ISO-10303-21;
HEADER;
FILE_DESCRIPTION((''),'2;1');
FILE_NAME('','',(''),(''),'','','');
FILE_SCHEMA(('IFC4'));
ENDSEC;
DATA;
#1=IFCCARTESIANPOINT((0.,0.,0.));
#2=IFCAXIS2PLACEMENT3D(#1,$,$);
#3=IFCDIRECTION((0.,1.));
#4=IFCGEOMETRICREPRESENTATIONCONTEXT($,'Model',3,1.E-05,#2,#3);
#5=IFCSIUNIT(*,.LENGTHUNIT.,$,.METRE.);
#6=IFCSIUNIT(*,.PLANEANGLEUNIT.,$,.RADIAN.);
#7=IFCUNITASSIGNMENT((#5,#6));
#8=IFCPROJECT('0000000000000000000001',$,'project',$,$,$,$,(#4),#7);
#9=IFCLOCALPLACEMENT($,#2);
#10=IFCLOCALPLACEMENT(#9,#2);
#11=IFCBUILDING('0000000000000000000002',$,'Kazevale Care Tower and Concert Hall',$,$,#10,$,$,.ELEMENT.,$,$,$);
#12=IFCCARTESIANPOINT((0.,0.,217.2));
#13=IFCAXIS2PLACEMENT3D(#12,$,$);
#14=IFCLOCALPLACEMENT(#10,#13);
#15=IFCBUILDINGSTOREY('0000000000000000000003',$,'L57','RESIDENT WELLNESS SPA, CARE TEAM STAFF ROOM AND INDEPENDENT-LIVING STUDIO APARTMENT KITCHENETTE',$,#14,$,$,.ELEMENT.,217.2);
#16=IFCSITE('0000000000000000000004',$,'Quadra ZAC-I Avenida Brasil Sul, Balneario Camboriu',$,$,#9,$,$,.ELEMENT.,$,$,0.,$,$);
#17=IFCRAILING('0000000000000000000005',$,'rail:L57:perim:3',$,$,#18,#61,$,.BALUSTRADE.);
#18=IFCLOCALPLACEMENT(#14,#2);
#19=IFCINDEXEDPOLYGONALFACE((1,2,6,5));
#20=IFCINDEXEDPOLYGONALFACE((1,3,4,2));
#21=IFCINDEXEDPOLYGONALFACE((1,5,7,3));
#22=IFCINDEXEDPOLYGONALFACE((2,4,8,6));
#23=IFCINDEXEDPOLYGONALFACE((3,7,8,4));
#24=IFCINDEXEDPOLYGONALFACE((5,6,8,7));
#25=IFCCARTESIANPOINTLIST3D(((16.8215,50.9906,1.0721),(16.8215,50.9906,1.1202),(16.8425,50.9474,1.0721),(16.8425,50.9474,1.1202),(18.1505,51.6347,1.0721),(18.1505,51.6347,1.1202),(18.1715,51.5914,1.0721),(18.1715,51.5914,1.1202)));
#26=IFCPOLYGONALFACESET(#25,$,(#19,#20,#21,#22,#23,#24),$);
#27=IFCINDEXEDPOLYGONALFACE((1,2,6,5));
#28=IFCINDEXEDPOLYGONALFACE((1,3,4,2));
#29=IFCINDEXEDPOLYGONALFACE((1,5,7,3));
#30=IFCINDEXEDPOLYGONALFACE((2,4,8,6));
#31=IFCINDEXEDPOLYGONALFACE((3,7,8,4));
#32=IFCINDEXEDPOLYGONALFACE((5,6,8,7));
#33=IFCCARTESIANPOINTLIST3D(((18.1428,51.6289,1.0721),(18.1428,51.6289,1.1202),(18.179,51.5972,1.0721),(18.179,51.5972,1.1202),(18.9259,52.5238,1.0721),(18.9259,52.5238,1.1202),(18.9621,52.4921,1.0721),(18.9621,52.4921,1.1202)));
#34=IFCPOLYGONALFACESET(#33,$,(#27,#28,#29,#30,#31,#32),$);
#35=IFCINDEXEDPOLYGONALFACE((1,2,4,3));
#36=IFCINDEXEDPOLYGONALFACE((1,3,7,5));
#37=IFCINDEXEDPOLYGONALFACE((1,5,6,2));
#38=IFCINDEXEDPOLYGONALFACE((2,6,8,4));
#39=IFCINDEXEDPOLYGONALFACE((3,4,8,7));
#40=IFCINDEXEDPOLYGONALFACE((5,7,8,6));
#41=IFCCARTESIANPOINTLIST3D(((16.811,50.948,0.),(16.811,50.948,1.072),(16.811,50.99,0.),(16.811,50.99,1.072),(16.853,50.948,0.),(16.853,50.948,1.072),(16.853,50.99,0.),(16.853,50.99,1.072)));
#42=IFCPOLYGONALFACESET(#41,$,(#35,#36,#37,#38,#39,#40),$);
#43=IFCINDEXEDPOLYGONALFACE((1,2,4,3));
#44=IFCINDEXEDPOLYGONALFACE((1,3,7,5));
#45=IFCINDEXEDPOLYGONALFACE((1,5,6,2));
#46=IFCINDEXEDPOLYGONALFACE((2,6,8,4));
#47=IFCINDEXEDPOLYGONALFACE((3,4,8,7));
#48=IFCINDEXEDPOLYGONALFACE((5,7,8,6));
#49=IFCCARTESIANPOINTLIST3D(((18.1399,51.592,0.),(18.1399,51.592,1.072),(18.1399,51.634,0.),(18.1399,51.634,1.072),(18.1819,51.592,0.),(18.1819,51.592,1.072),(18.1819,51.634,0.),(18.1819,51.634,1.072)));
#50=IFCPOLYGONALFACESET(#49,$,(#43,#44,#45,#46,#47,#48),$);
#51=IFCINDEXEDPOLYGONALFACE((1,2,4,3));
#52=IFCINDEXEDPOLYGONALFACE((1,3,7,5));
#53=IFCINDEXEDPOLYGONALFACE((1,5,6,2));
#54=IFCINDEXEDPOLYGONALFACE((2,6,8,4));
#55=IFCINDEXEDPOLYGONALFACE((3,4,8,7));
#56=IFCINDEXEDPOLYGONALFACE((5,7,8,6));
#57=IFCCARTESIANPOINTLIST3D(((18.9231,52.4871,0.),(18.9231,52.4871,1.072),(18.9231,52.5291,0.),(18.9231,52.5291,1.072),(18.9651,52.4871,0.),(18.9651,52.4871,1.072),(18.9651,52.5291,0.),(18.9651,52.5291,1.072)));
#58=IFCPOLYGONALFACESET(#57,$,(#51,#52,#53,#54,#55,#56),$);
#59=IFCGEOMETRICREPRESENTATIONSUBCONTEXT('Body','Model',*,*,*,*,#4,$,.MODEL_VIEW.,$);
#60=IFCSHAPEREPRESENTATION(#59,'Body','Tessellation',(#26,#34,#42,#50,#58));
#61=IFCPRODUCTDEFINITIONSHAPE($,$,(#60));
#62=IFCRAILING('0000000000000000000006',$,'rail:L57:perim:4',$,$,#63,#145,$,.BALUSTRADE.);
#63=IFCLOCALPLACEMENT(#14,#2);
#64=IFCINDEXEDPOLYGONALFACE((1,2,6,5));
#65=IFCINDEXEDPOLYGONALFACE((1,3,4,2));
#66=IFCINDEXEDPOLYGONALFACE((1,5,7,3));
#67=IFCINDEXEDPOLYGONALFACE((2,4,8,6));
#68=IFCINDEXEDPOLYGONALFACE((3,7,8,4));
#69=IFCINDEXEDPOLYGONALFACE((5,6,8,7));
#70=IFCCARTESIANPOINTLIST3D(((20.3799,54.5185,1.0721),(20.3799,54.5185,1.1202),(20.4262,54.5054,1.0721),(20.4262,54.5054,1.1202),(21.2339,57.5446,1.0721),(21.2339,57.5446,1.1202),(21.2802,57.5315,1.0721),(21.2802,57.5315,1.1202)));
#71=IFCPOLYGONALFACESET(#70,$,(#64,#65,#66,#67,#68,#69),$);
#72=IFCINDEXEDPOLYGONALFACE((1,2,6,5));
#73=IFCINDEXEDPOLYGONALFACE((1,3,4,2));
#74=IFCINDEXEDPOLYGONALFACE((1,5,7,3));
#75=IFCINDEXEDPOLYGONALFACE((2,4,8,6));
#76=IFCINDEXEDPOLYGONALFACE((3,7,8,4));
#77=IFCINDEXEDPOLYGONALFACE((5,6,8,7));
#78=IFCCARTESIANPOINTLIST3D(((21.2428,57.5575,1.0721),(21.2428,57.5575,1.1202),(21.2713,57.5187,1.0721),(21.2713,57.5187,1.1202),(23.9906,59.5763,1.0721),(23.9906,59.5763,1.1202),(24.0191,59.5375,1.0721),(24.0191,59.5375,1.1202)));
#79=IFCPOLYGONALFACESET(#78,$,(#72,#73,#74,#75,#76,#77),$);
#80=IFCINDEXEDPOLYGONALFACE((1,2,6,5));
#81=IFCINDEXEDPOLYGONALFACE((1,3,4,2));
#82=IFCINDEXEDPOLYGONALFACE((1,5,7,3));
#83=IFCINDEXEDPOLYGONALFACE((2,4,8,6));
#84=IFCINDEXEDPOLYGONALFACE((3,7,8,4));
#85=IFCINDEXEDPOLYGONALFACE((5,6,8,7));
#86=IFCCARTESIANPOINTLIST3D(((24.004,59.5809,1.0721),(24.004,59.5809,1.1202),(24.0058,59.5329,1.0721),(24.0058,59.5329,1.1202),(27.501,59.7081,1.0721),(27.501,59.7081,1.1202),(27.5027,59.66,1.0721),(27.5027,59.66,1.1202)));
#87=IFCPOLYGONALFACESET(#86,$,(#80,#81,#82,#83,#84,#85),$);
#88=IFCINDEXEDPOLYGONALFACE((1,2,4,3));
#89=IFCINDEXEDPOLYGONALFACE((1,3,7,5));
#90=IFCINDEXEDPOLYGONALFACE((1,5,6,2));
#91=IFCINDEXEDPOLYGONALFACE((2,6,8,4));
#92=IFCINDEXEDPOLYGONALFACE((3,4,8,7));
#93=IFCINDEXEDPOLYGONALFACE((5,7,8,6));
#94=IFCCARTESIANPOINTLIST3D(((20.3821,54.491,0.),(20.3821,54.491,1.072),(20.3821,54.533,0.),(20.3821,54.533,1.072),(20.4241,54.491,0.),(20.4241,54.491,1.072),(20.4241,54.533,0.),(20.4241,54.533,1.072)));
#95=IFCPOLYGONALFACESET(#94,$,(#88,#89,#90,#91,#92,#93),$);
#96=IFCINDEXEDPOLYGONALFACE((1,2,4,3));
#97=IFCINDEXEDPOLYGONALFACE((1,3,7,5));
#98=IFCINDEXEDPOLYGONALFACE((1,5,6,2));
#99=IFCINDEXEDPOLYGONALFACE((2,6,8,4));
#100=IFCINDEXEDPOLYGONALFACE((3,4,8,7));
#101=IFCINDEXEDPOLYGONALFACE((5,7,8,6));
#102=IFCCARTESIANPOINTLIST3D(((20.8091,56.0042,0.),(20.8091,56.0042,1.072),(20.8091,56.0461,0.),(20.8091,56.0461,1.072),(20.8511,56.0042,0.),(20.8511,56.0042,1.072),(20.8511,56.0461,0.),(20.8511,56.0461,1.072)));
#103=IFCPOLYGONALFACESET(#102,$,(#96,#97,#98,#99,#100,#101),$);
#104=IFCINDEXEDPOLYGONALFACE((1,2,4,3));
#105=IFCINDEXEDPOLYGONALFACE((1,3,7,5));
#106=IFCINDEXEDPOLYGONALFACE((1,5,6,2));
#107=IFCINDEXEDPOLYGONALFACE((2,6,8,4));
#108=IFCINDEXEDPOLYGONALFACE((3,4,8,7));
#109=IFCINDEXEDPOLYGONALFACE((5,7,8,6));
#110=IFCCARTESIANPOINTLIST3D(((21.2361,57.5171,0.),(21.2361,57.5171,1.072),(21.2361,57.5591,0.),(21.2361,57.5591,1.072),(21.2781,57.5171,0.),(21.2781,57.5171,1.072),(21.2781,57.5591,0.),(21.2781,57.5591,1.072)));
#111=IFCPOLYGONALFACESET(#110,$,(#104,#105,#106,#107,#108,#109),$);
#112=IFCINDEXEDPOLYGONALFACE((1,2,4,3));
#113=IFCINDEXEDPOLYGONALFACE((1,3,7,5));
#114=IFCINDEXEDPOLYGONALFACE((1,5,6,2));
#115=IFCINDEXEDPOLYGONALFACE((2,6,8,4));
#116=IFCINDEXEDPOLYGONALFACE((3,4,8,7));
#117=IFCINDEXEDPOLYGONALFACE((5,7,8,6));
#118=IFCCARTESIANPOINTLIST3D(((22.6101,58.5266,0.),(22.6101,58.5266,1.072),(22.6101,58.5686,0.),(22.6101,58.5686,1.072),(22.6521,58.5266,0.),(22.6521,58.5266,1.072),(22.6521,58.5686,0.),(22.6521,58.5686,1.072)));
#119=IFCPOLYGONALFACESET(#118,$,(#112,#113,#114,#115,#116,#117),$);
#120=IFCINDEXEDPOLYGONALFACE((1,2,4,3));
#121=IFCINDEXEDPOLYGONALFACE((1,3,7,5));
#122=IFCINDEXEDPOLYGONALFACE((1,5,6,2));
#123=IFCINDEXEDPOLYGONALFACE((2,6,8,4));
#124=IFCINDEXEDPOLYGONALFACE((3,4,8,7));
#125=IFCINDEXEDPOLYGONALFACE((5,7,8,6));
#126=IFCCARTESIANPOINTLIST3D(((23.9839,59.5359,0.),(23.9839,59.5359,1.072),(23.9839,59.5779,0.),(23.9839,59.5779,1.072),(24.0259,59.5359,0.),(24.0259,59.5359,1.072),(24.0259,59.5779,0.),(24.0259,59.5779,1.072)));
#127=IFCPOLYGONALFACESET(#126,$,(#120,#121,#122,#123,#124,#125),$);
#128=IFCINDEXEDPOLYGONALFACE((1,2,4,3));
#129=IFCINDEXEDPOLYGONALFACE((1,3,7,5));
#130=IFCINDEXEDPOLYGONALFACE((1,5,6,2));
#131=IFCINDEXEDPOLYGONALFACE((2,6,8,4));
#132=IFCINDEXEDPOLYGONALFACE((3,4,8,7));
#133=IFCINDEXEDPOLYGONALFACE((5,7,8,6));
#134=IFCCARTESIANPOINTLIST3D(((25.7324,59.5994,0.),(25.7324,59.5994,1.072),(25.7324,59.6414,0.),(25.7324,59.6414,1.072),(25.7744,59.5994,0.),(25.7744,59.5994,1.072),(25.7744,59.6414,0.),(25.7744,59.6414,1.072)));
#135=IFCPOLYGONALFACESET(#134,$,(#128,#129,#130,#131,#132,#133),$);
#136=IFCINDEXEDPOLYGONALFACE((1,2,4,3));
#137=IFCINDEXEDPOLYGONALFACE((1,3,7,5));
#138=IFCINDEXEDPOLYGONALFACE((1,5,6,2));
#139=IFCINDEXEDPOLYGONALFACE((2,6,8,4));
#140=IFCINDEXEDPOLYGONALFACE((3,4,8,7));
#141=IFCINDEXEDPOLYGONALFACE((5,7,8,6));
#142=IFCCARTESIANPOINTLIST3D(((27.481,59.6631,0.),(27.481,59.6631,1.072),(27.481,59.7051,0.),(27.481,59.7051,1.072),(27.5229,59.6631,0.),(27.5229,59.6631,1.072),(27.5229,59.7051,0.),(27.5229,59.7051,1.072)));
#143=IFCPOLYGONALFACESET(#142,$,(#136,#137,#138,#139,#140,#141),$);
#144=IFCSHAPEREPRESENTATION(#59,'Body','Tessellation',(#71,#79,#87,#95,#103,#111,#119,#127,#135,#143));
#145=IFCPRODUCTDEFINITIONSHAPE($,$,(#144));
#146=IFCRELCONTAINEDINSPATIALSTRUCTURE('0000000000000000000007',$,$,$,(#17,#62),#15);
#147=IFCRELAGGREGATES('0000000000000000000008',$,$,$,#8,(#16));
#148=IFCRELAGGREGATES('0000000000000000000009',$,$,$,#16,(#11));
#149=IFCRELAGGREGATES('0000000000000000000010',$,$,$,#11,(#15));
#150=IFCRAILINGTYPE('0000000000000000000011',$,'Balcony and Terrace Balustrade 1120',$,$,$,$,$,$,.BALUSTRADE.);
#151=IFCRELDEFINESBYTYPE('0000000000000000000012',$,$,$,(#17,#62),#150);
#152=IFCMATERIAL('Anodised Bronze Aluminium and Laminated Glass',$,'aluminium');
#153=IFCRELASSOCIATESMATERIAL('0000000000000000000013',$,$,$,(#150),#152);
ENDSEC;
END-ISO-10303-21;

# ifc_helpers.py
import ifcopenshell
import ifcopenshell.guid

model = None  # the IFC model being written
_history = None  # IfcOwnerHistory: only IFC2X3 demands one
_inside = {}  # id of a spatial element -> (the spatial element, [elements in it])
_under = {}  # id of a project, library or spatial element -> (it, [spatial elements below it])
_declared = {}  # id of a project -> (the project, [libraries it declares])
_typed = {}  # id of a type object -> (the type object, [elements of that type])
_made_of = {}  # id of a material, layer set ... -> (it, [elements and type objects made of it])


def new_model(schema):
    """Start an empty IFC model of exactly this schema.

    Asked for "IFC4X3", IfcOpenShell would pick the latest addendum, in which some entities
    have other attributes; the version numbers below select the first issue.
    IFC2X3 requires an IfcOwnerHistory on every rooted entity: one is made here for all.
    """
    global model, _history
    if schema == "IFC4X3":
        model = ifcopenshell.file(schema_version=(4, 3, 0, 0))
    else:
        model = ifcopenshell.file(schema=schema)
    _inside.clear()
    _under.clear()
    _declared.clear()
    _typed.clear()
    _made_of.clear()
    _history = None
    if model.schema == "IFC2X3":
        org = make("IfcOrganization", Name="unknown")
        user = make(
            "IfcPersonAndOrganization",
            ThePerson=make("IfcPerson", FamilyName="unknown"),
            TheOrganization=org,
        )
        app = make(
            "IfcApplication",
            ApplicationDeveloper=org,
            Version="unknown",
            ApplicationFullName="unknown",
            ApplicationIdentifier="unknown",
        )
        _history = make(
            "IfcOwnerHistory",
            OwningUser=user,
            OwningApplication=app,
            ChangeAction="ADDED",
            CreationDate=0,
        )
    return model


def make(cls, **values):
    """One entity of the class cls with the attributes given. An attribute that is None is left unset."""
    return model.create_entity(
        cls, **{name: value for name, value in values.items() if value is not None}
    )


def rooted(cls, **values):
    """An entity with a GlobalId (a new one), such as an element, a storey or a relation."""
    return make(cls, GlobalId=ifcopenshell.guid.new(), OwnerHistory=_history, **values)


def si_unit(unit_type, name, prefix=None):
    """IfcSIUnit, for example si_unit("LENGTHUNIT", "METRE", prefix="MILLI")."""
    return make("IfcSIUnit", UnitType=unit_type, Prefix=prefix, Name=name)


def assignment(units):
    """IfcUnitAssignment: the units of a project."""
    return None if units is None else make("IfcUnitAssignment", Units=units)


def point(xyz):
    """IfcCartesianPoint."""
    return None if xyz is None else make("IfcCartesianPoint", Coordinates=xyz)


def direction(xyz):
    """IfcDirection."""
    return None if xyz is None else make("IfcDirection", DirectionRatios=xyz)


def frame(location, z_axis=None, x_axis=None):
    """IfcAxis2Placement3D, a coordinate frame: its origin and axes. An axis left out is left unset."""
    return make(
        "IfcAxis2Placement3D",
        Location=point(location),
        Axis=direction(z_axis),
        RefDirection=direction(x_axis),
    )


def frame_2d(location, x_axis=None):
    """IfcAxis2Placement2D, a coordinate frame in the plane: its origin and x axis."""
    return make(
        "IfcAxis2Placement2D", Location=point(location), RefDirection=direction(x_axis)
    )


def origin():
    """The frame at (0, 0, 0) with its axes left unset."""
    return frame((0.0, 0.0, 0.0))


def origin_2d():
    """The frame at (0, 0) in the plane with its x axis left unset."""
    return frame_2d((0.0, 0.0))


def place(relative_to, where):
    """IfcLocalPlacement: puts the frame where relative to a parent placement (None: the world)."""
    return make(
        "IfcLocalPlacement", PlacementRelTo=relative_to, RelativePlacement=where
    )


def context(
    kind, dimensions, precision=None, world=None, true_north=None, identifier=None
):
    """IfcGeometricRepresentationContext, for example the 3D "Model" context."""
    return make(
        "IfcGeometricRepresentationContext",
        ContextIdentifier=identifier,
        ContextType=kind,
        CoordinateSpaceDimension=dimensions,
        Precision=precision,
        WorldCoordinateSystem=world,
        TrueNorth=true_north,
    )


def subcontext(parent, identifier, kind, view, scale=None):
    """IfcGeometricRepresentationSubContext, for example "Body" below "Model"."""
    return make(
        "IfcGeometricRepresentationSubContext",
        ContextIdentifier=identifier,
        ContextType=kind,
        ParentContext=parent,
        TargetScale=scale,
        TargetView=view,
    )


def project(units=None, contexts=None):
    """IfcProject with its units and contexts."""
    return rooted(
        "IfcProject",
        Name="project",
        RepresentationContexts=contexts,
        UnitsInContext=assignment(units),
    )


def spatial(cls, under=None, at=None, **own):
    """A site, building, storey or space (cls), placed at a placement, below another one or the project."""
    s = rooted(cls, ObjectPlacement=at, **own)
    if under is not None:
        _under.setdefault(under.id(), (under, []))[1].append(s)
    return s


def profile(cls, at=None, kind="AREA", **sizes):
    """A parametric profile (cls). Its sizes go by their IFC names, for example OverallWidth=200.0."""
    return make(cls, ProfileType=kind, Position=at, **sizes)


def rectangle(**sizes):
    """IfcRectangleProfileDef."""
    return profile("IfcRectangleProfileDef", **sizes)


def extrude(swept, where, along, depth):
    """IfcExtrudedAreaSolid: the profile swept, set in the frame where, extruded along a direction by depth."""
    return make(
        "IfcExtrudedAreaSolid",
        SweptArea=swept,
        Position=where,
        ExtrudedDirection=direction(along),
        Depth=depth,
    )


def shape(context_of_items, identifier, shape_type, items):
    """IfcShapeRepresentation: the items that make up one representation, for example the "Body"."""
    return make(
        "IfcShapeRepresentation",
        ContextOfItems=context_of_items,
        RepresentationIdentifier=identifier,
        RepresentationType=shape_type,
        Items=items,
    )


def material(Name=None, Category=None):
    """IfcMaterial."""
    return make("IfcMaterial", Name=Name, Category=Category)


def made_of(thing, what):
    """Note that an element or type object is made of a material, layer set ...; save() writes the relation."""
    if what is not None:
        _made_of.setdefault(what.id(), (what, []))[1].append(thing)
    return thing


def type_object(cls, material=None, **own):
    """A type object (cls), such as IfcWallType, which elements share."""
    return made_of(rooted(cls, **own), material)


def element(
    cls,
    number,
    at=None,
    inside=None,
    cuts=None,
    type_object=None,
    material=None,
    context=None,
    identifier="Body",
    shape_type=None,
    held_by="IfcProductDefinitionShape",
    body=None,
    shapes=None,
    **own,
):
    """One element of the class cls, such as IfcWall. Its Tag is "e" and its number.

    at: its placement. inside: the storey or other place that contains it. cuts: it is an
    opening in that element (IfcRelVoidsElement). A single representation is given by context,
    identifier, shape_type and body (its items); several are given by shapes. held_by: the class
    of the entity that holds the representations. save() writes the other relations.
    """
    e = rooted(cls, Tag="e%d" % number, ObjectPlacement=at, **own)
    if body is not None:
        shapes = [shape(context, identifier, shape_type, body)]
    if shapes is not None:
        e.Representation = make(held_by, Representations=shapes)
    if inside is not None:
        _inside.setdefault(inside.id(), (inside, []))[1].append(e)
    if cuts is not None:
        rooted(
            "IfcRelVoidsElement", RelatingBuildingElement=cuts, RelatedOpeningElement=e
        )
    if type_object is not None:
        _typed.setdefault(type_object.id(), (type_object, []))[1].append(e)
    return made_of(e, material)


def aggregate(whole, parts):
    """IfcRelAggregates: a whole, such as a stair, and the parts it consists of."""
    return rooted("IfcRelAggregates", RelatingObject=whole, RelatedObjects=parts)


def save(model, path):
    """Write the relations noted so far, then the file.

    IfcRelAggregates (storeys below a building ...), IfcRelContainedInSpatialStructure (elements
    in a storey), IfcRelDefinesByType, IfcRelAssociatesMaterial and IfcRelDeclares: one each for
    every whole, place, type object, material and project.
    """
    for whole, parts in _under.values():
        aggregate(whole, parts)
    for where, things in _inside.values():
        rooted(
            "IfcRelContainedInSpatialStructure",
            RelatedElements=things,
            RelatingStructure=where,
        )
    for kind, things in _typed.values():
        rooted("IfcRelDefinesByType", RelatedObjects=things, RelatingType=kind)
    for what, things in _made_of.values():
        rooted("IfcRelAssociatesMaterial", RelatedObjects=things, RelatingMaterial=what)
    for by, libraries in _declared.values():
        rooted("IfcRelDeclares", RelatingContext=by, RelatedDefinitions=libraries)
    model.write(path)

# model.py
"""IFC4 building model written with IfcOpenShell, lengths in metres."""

from ifc_helpers import new_model, si_unit, direction, frame, origin, origin_2d, place, context, subcontext, project, spatial, rectangle, extrude, material, type_object, element, save


model = new_model("IFC4")

# Units and contexts
model_context = context("Model", 3, precision=1e-05, world=origin(), true_north=direction((0.0, 1.0)))
body_context = subcontext(model_context, "Body", "Model", "MODEL_VIEW")
ifc_project = project(units=[si_unit("LENGTHUNIT", "METRE"), si_unit("PLANEANGLEUNIT", "RADIAN")], contexts=[model_context])

# Site, building, storey
site_placement = place(None, origin())
site = spatial("IfcSite", under=ifc_project, at=site_placement, Name="Quadra ZAC-I Avenida Brasil Sul, Balneario Camboriu", CompositionType="ELEMENT", RefElevation=0.0)
building_placement = place(site_placement, origin())
building = spatial("IfcBuilding", under=site, at=building_placement, Name="Kazevale Care Tower and Concert Hall", CompositionType="ELEMENT")
storey_placement = place(building_placement, frame((0.0, 0.0, 217.2)))
storey = spatial("IfcBuildingStorey", under=building, at=storey_placement, Name="L57", Description="RESIDENT WELLNESS SPA, CARE TEAM STAFF ROOM AND INDEPENDENT-LIVING STUDIO APARTMENT KITCHENETTE", CompositionType="ELEMENT", Elevation=217.2)

# Railings
ifc_material_1 = material(Name="Anodised Bronze Aluminium and Laminated Glass", Category="aluminium")
railing_type = type_object("IfcRailingType", Name="Balcony and Terrace Balustrade 1120", PredefinedType="BALUSTRADE", material=ifc_material_1)
railing_1_placement = place(storey_placement, frame((16.832, 50.969, 0.0)))
element("IfcRailing", 1, at=railing_1_placement, inside=storey, type_object=railing_type, Name="rail:L57:perim:3", PredefinedType="BALUSTRADE", context=body_context, shape_type="SweptSolid", body=[
    extrude(rectangle(XDim=0.0481, YDim=0.0481, at=origin_2d()), frame((0.0, 0.0, 1.0962), z_axis=(0.899881, 0.436136, 0.0), x_axis=(-0.436136, 0.899881, 0.0)), (0.0, 0.0, 1.0), 1.4768),
    extrude(rectangle(XDim=0.0481, YDim=0.0481, at=origin_2d()), frame((1.3289, 0.644, 1.0962), z_axis=(0.658534, 0.752551, 0.0), x_axis=(-0.752551, 0.658534, 0.0)), (0.0, 0.0, 1.0), 1.1892),
    extrude(rectangle(XDim=0.042, YDim=0.042, at=origin_2d()), origin(), (0.0, 0.0, 1.0), 1.072),
    extrude(rectangle(XDim=0.042, YDim=0.042, at=origin_2d()), frame((1.3289, 0.644, 0.0)), (0.0, 0.0, 1.0), 1.072),
    extrude(rectangle(XDim=0.042, YDim=0.042, at=origin_2d()), frame((2.1121, 1.5391, 0.0)), (0.0, 0.0, 1.0), 1.072),
])
railing_2_placement = place(storey_placement, frame((20.4031, 54.512, 0.0)))
element("IfcRailing", 2, at=railing_2_placement, inside=storey, type_object=railing_type, Name="rail:L57:perim:4", PredefinedType="BALUSTRADE", context=body_context, shape_type="SweptSolid", body=[
    extrude(rectangle(XDim=0.0481, YDim=0.0481, at=origin_2d()), frame((0.0, 0.0, 1.0962), z_axis=(0.271602, 0.96241, 0.0), x_axis=(-0.96241, 0.271602, 0.0)), (0.0, 0.0, 1.0), 3.1443),
    extrude(rectangle(XDim=0.0481, YDim=0.0481, at=origin_2d()), frame((0.854, 3.0261, 1.0962), z_axis=(0.805881, 0.592077, 0.0), x_axis=(-0.592077, 0.805881, 0.0)), (0.0, 0.0, 1.0), 3.4097),
    extrude(rectangle(XDim=0.0481, YDim=0.0481, at=origin_2d()), frame((3.6018, 5.0449, 1.0962), z_axis=(0.999339, 0.036348, 0.0), x_axis=(-0.036348, 0.999339, 0.0)), (0.0, 0.0, 1.0), 3.4993),
    extrude(rectangle(XDim=0.042, YDim=0.042, at=origin_2d()), origin(), (0.0, 0.0, 1.0), 1.072),
    extrude(rectangle(XDim=0.042, YDim=0.042, at=origin_2d()), frame((0.427, 1.5132, 0.0)), (0.0, 0.0, 1.0), 1.072),
    extrude(rectangle(XDim=0.042, YDim=0.042, at=origin_2d()), frame((0.854, 3.0261, 0.0)), (0.0, 0.0, 1.0), 1.072),
    extrude(rectangle(XDim=0.042, YDim=0.042, at=origin_2d()), frame((2.228, 4.0356, 0.0)), (0.0, 0.0, 1.0), 1.072),
    extrude(rectangle(XDim=0.042, YDim=0.042, at=origin_2d()), frame((3.6018, 5.0449, 0.0)), (0.0, 0.0, 1.0), 1.072),
    extrude(rectangle(XDim=0.042, YDim=0.042, at=origin_2d()), frame((5.3503, 5.1084, 0.0)), (0.0, 0.0, 1.0), 1.072),
    extrude(rectangle(XDim=0.042, YDim=0.042, at=origin_2d()), frame((7.0989, 5.1721, 0.0)), (0.0, 0.0, 1.0), 1.072),
])

save(model, "model.ifc")
